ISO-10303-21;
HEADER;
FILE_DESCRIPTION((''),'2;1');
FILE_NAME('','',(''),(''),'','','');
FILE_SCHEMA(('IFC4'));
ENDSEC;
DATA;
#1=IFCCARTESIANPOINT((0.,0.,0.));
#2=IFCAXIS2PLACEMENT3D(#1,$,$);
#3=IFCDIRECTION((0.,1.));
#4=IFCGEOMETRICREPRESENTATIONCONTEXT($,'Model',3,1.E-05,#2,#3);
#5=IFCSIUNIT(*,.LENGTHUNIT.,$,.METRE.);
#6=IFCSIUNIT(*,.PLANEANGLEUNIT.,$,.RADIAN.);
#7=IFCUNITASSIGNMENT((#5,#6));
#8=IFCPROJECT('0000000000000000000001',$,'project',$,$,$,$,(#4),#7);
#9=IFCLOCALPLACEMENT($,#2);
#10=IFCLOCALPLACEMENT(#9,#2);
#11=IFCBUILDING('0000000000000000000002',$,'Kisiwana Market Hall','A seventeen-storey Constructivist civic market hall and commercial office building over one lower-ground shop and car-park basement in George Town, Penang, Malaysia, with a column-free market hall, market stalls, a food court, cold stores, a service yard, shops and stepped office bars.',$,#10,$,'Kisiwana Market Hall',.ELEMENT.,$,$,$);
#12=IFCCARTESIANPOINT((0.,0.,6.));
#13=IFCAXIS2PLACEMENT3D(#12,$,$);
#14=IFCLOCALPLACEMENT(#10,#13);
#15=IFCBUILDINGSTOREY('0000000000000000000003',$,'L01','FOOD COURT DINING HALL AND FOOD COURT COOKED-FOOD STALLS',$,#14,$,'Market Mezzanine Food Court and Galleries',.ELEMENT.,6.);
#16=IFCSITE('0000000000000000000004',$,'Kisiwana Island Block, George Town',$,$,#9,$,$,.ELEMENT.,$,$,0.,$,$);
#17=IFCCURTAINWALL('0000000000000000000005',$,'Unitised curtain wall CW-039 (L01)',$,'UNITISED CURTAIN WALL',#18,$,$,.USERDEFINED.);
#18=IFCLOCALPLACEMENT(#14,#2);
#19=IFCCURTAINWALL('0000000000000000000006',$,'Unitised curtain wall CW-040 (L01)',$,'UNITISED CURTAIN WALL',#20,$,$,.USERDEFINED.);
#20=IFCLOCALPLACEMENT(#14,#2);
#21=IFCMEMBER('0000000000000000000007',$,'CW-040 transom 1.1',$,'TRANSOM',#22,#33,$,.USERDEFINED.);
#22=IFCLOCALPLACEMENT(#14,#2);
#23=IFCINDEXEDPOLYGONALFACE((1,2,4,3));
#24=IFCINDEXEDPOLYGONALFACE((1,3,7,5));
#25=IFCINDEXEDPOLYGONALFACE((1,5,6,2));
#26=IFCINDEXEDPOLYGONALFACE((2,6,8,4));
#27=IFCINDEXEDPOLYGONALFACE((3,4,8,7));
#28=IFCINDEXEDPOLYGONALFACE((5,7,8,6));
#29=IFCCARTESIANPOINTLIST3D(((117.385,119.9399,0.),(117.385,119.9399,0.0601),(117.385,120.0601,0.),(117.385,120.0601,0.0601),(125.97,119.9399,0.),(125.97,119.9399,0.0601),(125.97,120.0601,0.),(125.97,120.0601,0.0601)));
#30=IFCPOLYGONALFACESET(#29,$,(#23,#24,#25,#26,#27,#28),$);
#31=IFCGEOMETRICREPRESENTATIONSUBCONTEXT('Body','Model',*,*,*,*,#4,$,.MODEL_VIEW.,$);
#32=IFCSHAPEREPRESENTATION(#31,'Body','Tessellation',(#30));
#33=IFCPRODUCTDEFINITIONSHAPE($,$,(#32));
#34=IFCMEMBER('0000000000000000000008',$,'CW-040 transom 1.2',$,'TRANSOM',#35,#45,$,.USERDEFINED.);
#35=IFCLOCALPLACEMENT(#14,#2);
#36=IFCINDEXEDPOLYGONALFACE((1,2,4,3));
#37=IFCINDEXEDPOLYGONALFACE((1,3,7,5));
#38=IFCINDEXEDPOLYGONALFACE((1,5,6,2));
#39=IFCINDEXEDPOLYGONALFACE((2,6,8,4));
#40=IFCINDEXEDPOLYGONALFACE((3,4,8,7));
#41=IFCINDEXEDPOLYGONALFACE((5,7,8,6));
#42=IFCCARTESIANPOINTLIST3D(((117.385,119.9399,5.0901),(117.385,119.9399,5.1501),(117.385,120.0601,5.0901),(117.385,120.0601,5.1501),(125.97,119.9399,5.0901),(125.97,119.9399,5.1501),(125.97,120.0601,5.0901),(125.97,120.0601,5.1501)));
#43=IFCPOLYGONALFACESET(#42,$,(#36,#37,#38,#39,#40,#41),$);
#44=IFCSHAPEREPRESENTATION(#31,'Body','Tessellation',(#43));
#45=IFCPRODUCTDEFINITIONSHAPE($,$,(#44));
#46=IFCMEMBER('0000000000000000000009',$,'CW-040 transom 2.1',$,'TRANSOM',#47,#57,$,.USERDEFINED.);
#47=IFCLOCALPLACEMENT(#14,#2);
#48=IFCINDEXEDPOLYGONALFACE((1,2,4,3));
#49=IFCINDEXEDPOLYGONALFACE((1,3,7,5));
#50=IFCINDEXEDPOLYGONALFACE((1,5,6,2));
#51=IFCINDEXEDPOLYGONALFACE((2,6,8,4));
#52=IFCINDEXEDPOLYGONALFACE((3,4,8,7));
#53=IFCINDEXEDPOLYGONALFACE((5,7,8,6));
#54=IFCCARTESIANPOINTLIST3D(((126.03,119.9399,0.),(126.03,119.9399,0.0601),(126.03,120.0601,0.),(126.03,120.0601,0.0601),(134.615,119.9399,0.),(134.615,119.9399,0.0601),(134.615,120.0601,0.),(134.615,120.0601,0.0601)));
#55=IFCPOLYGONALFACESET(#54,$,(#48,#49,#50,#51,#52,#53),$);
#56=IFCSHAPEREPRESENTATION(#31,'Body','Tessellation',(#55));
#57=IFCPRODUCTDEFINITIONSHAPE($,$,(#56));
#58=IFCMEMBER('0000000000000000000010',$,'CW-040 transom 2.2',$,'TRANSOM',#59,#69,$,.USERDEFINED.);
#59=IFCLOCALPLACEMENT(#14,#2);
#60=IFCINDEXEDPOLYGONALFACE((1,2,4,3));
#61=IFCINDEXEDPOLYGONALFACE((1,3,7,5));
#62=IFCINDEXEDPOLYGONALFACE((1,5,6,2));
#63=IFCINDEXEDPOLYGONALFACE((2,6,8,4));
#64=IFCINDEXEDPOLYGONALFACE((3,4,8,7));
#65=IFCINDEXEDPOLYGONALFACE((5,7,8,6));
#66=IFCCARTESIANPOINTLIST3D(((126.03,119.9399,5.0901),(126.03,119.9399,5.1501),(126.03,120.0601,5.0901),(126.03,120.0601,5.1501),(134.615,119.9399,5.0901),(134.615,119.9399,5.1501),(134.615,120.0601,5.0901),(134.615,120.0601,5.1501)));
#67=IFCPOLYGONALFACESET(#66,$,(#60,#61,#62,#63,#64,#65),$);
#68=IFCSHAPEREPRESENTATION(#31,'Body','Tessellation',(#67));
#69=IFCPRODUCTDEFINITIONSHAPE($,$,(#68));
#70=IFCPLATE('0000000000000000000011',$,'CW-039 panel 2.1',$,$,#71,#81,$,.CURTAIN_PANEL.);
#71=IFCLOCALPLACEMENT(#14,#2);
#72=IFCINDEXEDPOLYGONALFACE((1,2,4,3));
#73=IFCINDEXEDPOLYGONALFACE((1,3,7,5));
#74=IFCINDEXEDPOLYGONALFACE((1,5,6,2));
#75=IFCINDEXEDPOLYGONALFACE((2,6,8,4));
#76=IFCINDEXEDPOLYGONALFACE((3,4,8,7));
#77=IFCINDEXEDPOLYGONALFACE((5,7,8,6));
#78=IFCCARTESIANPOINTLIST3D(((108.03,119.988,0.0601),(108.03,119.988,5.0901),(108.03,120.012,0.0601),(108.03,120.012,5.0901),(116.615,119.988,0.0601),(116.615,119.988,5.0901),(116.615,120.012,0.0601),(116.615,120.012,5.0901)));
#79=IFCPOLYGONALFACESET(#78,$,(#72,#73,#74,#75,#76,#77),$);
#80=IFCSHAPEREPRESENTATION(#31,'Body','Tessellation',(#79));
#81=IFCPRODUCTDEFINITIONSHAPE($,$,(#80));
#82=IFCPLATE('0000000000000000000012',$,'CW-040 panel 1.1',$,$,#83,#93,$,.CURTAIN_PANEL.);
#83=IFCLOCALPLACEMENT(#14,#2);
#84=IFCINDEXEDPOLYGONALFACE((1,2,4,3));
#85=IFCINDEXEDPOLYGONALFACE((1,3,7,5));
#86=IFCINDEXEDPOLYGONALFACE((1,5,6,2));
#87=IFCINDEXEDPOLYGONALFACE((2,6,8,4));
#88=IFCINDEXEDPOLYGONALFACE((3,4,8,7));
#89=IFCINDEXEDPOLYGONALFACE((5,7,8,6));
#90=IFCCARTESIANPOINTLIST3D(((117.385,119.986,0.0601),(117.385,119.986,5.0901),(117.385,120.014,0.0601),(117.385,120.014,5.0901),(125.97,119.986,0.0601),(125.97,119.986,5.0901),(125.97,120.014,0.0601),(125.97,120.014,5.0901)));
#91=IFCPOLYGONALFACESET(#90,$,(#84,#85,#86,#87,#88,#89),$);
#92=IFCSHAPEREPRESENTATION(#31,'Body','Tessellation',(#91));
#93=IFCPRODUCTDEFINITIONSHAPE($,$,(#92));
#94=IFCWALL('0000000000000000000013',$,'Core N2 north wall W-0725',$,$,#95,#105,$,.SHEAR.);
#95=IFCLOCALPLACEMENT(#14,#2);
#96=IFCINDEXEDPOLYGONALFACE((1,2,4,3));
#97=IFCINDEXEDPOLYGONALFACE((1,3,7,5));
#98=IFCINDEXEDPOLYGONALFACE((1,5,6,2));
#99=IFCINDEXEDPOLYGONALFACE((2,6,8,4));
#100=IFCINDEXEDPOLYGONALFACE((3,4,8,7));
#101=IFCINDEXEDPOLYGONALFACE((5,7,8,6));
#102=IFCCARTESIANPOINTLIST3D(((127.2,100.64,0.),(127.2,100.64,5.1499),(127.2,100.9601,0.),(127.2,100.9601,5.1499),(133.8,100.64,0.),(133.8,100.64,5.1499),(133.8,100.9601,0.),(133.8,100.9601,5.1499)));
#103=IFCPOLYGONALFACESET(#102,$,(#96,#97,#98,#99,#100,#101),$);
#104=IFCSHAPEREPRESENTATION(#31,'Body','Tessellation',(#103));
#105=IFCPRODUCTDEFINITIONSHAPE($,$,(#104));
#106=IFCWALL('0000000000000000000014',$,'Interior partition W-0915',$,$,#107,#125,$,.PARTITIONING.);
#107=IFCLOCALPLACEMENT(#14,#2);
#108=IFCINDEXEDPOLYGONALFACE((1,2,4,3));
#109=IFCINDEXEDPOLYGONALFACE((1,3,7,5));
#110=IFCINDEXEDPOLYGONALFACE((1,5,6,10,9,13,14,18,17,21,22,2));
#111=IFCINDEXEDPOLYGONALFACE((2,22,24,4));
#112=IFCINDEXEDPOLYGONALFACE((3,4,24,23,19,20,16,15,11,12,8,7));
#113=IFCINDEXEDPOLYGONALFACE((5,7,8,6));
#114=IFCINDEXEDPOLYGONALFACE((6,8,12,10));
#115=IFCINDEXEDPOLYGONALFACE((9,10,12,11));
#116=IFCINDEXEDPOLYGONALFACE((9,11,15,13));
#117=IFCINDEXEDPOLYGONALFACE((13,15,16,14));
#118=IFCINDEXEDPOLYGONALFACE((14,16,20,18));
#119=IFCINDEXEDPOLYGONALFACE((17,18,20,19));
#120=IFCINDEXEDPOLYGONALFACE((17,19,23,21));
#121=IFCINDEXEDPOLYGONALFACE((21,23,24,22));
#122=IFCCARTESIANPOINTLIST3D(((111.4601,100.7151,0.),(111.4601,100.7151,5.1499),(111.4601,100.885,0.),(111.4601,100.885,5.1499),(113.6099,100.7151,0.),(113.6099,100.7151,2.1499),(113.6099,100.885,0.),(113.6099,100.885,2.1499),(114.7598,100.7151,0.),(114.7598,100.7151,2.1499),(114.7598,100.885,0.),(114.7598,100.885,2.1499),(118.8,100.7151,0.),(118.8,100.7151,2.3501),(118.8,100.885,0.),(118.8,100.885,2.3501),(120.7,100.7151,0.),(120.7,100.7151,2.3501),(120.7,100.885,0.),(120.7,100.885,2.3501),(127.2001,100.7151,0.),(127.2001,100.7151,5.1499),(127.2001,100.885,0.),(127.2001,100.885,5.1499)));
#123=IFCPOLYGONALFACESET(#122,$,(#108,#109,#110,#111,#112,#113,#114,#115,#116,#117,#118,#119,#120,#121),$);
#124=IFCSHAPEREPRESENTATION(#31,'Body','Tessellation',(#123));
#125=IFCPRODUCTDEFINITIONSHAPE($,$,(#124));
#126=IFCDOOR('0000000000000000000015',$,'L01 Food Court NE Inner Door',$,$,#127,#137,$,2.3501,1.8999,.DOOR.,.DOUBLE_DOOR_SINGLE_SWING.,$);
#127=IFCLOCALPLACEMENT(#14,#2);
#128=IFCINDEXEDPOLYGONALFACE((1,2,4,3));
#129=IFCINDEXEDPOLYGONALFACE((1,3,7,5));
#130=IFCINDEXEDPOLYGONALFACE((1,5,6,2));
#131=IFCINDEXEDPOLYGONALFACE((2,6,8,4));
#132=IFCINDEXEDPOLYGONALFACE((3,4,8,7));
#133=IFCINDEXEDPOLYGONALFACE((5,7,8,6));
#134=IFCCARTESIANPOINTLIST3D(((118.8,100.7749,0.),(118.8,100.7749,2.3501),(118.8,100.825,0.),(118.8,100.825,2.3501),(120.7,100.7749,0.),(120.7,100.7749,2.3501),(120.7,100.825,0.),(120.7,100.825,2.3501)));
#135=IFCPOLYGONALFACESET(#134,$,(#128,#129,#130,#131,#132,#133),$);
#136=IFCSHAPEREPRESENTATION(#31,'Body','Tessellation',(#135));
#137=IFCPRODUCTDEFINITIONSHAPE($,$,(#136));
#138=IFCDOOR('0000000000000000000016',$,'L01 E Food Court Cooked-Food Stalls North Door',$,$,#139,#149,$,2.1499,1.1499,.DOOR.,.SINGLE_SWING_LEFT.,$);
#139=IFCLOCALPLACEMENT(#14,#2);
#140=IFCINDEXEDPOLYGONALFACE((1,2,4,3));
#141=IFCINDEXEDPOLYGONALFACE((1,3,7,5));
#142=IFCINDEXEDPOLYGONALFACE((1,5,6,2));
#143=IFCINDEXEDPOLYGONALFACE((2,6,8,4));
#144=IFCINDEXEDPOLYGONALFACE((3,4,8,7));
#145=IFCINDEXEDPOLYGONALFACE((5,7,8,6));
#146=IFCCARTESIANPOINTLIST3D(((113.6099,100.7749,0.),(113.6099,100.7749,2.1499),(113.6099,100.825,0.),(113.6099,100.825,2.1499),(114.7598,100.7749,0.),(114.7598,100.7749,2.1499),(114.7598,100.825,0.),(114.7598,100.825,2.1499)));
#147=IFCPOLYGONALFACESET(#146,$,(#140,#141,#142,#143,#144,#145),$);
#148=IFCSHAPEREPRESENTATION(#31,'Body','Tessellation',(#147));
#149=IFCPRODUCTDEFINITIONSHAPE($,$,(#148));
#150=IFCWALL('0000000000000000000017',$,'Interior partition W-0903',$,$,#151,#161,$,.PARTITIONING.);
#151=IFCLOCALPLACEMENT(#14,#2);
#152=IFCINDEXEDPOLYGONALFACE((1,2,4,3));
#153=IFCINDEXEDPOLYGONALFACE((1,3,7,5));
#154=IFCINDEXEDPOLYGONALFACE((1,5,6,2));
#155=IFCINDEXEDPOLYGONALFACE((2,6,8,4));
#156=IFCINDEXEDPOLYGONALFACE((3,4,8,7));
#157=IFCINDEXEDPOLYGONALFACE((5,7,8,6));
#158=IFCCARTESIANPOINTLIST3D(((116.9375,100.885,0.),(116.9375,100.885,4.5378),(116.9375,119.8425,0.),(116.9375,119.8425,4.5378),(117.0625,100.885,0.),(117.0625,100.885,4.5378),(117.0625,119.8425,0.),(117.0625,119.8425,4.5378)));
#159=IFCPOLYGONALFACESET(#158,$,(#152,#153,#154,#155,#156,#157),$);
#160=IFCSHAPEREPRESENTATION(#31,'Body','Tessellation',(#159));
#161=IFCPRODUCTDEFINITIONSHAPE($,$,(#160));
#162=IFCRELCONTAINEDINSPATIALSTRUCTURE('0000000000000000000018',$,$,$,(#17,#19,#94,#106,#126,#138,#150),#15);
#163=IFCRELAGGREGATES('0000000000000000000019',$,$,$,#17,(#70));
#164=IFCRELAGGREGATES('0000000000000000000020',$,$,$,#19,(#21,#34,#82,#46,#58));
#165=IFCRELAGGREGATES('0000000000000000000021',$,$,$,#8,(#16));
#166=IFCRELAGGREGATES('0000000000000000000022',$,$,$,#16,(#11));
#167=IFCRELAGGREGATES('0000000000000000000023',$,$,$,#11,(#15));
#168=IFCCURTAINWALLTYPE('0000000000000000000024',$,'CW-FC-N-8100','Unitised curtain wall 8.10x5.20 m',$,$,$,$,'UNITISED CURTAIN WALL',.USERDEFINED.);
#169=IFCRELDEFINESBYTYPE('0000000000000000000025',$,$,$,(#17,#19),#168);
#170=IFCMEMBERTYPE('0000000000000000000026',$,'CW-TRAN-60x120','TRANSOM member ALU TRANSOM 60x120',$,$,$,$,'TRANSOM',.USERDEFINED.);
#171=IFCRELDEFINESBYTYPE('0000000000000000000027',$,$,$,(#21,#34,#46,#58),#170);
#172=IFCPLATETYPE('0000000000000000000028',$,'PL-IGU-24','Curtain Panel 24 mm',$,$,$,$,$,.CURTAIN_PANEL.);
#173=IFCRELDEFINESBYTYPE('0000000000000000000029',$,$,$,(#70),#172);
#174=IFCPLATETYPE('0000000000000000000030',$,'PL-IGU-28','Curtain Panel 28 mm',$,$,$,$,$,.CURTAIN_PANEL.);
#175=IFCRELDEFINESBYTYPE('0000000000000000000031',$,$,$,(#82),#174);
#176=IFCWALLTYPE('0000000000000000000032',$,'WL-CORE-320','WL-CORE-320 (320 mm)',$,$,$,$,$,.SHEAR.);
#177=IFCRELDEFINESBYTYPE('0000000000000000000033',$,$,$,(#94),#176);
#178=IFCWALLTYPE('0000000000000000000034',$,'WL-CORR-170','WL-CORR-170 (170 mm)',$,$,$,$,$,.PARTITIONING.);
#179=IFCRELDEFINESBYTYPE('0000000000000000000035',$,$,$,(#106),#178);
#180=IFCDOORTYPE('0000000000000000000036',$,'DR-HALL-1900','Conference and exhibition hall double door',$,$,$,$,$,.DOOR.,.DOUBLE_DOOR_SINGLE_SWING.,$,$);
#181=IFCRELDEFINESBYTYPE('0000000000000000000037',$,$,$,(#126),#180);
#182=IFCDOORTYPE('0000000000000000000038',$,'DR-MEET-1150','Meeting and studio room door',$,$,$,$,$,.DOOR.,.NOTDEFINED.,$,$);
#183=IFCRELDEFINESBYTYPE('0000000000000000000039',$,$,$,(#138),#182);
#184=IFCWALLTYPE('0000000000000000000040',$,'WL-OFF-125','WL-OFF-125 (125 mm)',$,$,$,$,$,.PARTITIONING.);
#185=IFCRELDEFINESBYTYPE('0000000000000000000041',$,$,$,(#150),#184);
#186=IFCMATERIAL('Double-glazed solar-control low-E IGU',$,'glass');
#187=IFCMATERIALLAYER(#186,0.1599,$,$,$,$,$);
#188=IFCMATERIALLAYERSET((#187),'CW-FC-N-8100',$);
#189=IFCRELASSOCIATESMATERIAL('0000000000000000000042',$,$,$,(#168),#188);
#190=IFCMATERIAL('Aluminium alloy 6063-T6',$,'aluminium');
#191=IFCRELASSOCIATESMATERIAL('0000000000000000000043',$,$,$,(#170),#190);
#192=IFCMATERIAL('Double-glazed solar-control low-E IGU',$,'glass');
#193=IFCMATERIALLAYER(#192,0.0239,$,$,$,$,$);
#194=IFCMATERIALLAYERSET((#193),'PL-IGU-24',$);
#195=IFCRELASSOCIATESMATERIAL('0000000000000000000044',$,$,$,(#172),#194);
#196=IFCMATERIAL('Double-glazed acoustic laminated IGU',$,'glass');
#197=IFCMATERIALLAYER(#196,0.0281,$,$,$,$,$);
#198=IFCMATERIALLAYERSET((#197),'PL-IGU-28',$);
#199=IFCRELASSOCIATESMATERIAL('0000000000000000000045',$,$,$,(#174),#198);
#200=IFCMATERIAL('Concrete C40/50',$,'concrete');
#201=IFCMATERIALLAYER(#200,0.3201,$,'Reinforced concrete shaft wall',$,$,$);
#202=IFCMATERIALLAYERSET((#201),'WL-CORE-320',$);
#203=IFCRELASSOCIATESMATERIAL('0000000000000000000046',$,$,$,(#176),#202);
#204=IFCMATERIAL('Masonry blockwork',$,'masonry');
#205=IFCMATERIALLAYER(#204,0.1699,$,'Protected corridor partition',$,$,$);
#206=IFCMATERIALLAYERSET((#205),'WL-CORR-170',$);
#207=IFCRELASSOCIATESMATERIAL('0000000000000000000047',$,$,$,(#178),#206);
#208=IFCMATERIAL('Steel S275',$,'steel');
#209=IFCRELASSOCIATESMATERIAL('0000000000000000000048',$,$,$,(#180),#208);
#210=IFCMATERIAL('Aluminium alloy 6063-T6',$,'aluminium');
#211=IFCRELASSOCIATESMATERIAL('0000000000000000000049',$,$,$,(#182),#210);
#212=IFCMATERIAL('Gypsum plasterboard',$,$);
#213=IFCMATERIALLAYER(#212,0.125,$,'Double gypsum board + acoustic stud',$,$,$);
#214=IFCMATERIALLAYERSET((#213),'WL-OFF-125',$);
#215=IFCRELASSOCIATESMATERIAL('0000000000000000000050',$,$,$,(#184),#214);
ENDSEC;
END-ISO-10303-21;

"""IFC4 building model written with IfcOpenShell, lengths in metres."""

from ifc_helpers import new_model, si_unit, direction, frame, frame_2d, origin, origin_2d, place, context, subcontext, project, spatial, rectangle, extrude, material, layer, layer_set, material_profile, profile_set, type_object, element, fill, aggregate, save


model = new_model("IFC4")

# Units and contexts
model_context = context("Model", 3, precision=1e-05, world=origin(), true_north=direction((0.0, 1.0)))
body_context = subcontext(model_context, "Body", "Model", "MODEL_VIEW")
ifc_project = project(units=[si_unit("LENGTHUNIT", "METRE"), si_unit("PLANEANGLEUNIT", "RADIAN")], contexts=[model_context])

# Site, building, storey
site_placement = place(None, origin())
site = spatial("IfcSite", under=ifc_project, at=site_placement, Name="Kisiwana Island Block, George Town", CompositionType="ELEMENT", RefElevation=0.0)
building_placement = place(site_placement, origin())
building = spatial("IfcBuilding", under=site, at=building_placement, Name="Kisiwana Market Hall", Description="A seventeen-storey Constructivist civic market hall and commercial office building over one lower-ground shop and car-park basement in George Town, Penang, Malaysia, with a column-free market hall, market stalls, a food court, cold stores, a service yard, shops and stepped office bars.", LongName="Kisiwana Market Hall", CompositionType="ELEMENT")
storey_placement = place(building_placement, frame((0.0, 0.0, 6.0)))
storey = spatial("IfcBuildingStorey", under=building, at=storey_placement, Name="L01", Description="FOOD COURT DINING HALL AND FOOD COURT COOKED-FOOD STALLS", LongName="Market Mezzanine Food Court and Galleries", CompositionType="ELEMENT", Elevation=6.0)

# Curtain wall
ifc_material_1 = material(Name="Double-glazed solar-control low-E IGU", Category="glass")
ifc_layer_1 = layer(ifc_material_1, 0.1599)
ifc_layer_set_1 = layer_set([ifc_layer_1], Name="CW-FC-N-8100")
curtain_wall_type = type_object("IfcCurtainWallType", Name="CW-FC-N-8100", Description="Unitised curtain wall 8.10x5.20 m", ElementType="UNITISED CURTAIN WALL", PredefinedType="USERDEFINED", material=ifc_layer_set_1)
curtain_wall_1_placement = place(storey_placement, origin())
curtain_wall_1 = element("IfcCurtainWall", 1, at=curtain_wall_1_placement, inside=storey, type_object=curtain_wall_type, Name="Unitised curtain wall CW-039 (L01)", ObjectType="UNITISED CURTAIN WALL", PredefinedType="USERDEFINED")

# Curtain wall, members
curtain_wall_2_placement = place(storey_placement, origin())
curtain_wall_2 = element("IfcCurtainWall", 2, at=curtain_wall_2_placement, inside=storey, type_object=curtain_wall_type, Name="Unitised curtain wall CW-040 (L01)", ObjectType="UNITISED CURTAIN WALL", PredefinedType="USERDEFINED")
ifc_material_2 = material(Name="Aluminium alloy 6063-T6", Category="aluminium")
ifc_material_profile_1 = material_profile(ifc_material_2, rectangle(XDim=0.1201, YDim=0.0601, at=origin_2d()), Name="ALU TRANSOM 60x120")
ifc_profile_set_1 = profile_set([ifc_material_profile_1], Name="Aluminium alloy 6063-T6")
member_type_1 = type_object("IfcMemberType", Name="CW-TRAN-60x120", Description="TRANSOM member ALU TRANSOM 60x120", ElementType="TRANSOM", PredefinedType="USERDEFINED", material=ifc_profile_set_1)
member_1_placement = place(storey_placement, frame((117.385, 120.0, 0.03), z_axis=(1.0, 0.0, 0.0), x_axis=(0.0, 1.0, 0.0)))
member_1 = element("IfcMember", 3, at=member_1_placement, type_object=member_type_1, Name="CW-040 transom 1.1", ObjectType="TRANSOM", PredefinedType="USERDEFINED", context=body_context, shape_type="SweptSolid", body=[
    extrude(rectangle(XDim=0.1201, YDim=0.0601, at=origin_2d()), origin(), (0.0, 0.0, 1.0), 8.585),
])
member_2_placement = place(storey_placement, frame((117.385, 120.0, 5.1201), z_axis=(1.0, 0.0, 0.0), x_axis=(0.0, 1.0, 0.0)))
member_2 = element("IfcMember", 4, at=member_2_placement, type_object=member_type_1, Name="CW-040 transom 1.2", ObjectType="TRANSOM", PredefinedType="USERDEFINED", context=body_context, shape_type="SweptSolid", body=[
    extrude(rectangle(XDim=0.1201, YDim=0.0601, at=origin_2d()), origin(), (0.0, 0.0, 1.0), 8.585),
])
member_3_placement = place(storey_placement, frame((126.03, 120.0, 0.03), z_axis=(1.0, 0.0, 0.0), x_axis=(0.0, 1.0, 0.0)))
member_3 = element("IfcMember", 5, at=member_3_placement, type_object=member_type_1, Name="CW-040 transom 2.1", ObjectType="TRANSOM", PredefinedType="USERDEFINED", context=body_context, shape_type="SweptSolid", body=[
    extrude(rectangle(XDim=0.1201, YDim=0.0601, at=origin_2d()), origin(), (0.0, 0.0, 1.0), 8.585),
])
member_4_placement = place(storey_placement, frame((126.03, 120.0, 5.1201), z_axis=(1.0, 0.0, 0.0), x_axis=(0.0, 1.0, 0.0)))
member_4 = element("IfcMember", 6, at=member_4_placement, type_object=member_type_1, Name="CW-040 transom 2.2", ObjectType="TRANSOM", PredefinedType="USERDEFINED", context=body_context, shape_type="SweptSolid", body=[
    extrude(rectangle(XDim=0.1201, YDim=0.0601, at=origin_2d()), origin(), (0.0, 0.0, 1.0), 8.585),
])

# Plates
ifc_material_3 = material(Name="Double-glazed solar-control low-E IGU", Category="glass")
ifc_layer_2 = layer(ifc_material_3, 0.0239)
ifc_layer_set_2 = layer_set([ifc_layer_2], Name="PL-IGU-24")
plate_type_1 = type_object("IfcPlateType", Name="PL-IGU-24", Description="Curtain Panel 24 mm", PredefinedType="CURTAIN_PANEL", material=ifc_layer_set_2)
plate_1_placement = place(storey_placement, frame((112.3225, 120.0, 0.0601), z_axis=(0.0, 0.0, 1.0), x_axis=(1.0, 0.0, 0.0)))
plate_1 = element("IfcPlate", 7, at=plate_1_placement, type_object=plate_type_1, Name="CW-039 panel 2.1", PredefinedType="CURTAIN_PANEL", context=body_context, shape_type="SweptSolid", body=[
    extrude(rectangle(XDim=8.585, YDim=0.0239, at=origin_2d()), origin(), (0.0, 0.0, 1.0), 5.03),
])
aggregate(curtain_wall_1, [plate_1])
ifc_material_4 = material(Name="Double-glazed acoustic laminated IGU", Category="glass")
ifc_layer_3 = layer(ifc_material_4, 0.0281)
ifc_layer_set_3 = layer_set([ifc_layer_3], Name="PL-IGU-28")
plate_type_2 = type_object("IfcPlateType", Name="PL-IGU-28", Description="Curtain Panel 28 mm", PredefinedType="CURTAIN_PANEL", material=ifc_layer_set_3)
plate_2_placement = place(storey_placement, frame((121.6775, 120.0, 0.0601), z_axis=(0.0, 0.0, 1.0), x_axis=(1.0, 0.0, 0.0)))
plate_2 = element("IfcPlate", 8, at=plate_2_placement, type_object=plate_type_2, Name="CW-040 panel 1.1", PredefinedType="CURTAIN_PANEL", context=body_context, shape_type="SweptSolid", body=[
    extrude(rectangle(XDim=8.585, YDim=0.0281, at=origin_2d()), origin(), (0.0, 0.0, 1.0), 5.03),
])
aggregate(curtain_wall_2, [member_1, member_2, plate_2, member_3, member_4])

# Wall
ifc_material_5 = material(Name="Concrete C40/50", Category="concrete")
ifc_layer_4 = layer(ifc_material_5, 0.3201, Name="Reinforced concrete shaft wall")
ifc_layer_set_4 = layer_set([ifc_layer_4], Name="WL-CORE-320")
wall_type_1 = type_object("IfcWallType", Name="WL-CORE-320", Description="WL-CORE-320 (320 mm)", PredefinedType="SHEAR", material=ifc_layer_set_4)
wall_1_placement = place(storey_placement, frame((127.2, 100.8, 0.0), z_axis=(0.0, 0.0, 1.0), x_axis=(1.0, 0.0, 0.0)))
element("IfcWall", 9, at=wall_1_placement, inside=storey, type_object=wall_type_1, Name="Core N2 north wall W-0725", PredefinedType="SHEAR", context=body_context, shape_type="SweptSolid", body=[
    extrude(rectangle(XDim=6.6001, YDim=0.3201, at=frame_2d((3.3, 0.0))), origin(), (0.0, 0.0, 1.0), 5.1499),
])

# Wall, openings, doors
ifc_material_6 = material(Name="Masonry blockwork", Category="masonry")
ifc_layer_5 = layer(ifc_material_6, 0.1699, Name="Protected corridor partition")
ifc_layer_set_5 = layer_set([ifc_layer_5], Name="WL-CORR-170")
wall_type_2 = type_object("IfcWallType", Name="WL-CORR-170", Description="WL-CORR-170 (170 mm)", PredefinedType="PARTITIONING", material=ifc_layer_set_5)
wall_2_placement = place(storey_placement, frame((111.46, 100.8, 0.0), z_axis=(0.0, 0.0, 1.0), x_axis=(1.0, 0.0, 0.0)))
wall_2 = element("IfcWall", 10, at=wall_2_placement, inside=storey, type_object=wall_type_2, Name="Interior partition W-0915", PredefinedType="PARTITIONING", context=body_context, shape_type="SweptSolid", body=[
    extrude(rectangle(XDim=15.74, YDim=0.1699, at=frame_2d((7.8701, 0.0))), origin(), (0.0, 0.0, 1.0), 5.1499),
])
opening_1_placement = place(wall_2_placement, frame((7.3401, 0.0, 0.0)))
opening_1 = element("IfcOpeningElement", 11, at=opening_1_placement, cuts=wall_2, PredefinedType="OPENING", context=body_context, shape_type="SweptSolid", body=[
    extrude(rectangle(XDim=1.8999, YDim=2.3501, at=frame_2d((0.95, 1.175))), frame((0.0, 0.0969, 0.0), z_axis=(0.0, -1.0, 0.0), x_axis=(1.0, 0.0, 0.0)), (0.0, 0.0, 1.0), 0.1938),
])
opening_2_placement = place(wall_2_placement, frame((2.1499, 0.0, 0.0)))
opening_2 = element("IfcOpeningElement", 12, at=opening_2_placement, cuts=wall_2, PredefinedType="OPENING", context=body_context, shape_type="SweptSolid", body=[
    extrude(rectangle(XDim=1.1499, YDim=2.1499, at=frame_2d((0.575, 1.075))), frame((0.0, 0.0969, 0.0), z_axis=(0.0, -1.0, 0.0), x_axis=(1.0, 0.0, 0.0)), (0.0, 0.0, 1.0), 0.1938),
])
ifc_material_7 = material(Name="Steel S275", Category="steel")
door_type_1 = type_object("IfcDoorType", Name="DR-HALL-1900", Description="Conference and exhibition hall double door", OperationType="DOUBLE_DOOR_SINGLE_SWING", PredefinedType="DOOR", material=ifc_material_7)
door_1_placement = place(opening_1_placement, origin())
door_1 = element("IfcDoor", 13, at=door_1_placement, inside=storey, type_object=door_type_1, Name="L01 Food Court NE Inner Door", OperationType="DOUBLE_DOOR_SINGLE_SWING", OverallHeight=2.3501, OverallWidth=1.8999, PredefinedType="DOOR", context=body_context, shape_type="SweptSolid", body=[
    extrude(rectangle(XDim=1.8999, YDim=2.3501, at=frame_2d((0.95, 1.175))), frame((0.0, 0.0249, 0.0), z_axis=(0.0, -1.0, 0.0), x_axis=(1.0, 0.0, 0.0)), (0.0, 0.0, 1.0), 0.05),
])
fill(opening_1, door_1)
ifc_material_8 = material(Name="Aluminium alloy 6063-T6", Category="aluminium")
door_type_2 = type_object("IfcDoorType", Name="DR-MEET-1150", Description="Meeting and studio room door", OperationType="NOTDEFINED", PredefinedType="DOOR", material=ifc_material_8)
door_2_placement = place(opening_2_placement, origin())
door_2 = element("IfcDoor", 14, at=door_2_placement, inside=storey, type_object=door_type_2, Name="L01 E Food Court Cooked-Food Stalls North Door", OperationType="SINGLE_SWING_LEFT", OverallHeight=2.1499, OverallWidth=1.1499, PredefinedType="DOOR", context=body_context, shape_type="SweptSolid", body=[
    extrude(rectangle(XDim=1.1499, YDim=2.1499, at=frame_2d((0.575, 1.075))), frame((0.0, 0.0249, 0.0), z_axis=(0.0, -1.0, 0.0), x_axis=(1.0, 0.0, 0.0)), (0.0, 0.0, 1.0), 0.05),
])
fill(opening_2, door_2)

# Wall
ifc_material_9 = material(Name="Gypsum plasterboard")
ifc_layer_6 = layer(ifc_material_9, 0.125, Name="Double gypsum board + acoustic stud")
ifc_layer_set_6 = layer_set([ifc_layer_6], Name="WL-OFF-125")
wall_type_3 = type_object("IfcWallType", Name="WL-OFF-125", Description="WL-OFF-125 (125 mm)", PredefinedType="PARTITIONING", material=ifc_layer_set_6)
wall_3_placement = place(storey_placement, frame((117.0, 100.885, 0.0), z_axis=(0.0, 0.0, 1.0), x_axis=(0.0, 1.0, 0.0)))
element("IfcWall", 15, at=wall_3_placement, inside=storey, type_object=wall_type_3, Name="Interior partition W-0903", PredefinedType="PARTITIONING", context=body_context, shape_type="SweptSolid", body=[
    extrude(rectangle(XDim=18.9575, YDim=0.125, at=frame_2d((9.4788, 0.0))), origin(), (0.0, 0.0, 1.0), 4.5378),
])

save(model, "model.ifc")
